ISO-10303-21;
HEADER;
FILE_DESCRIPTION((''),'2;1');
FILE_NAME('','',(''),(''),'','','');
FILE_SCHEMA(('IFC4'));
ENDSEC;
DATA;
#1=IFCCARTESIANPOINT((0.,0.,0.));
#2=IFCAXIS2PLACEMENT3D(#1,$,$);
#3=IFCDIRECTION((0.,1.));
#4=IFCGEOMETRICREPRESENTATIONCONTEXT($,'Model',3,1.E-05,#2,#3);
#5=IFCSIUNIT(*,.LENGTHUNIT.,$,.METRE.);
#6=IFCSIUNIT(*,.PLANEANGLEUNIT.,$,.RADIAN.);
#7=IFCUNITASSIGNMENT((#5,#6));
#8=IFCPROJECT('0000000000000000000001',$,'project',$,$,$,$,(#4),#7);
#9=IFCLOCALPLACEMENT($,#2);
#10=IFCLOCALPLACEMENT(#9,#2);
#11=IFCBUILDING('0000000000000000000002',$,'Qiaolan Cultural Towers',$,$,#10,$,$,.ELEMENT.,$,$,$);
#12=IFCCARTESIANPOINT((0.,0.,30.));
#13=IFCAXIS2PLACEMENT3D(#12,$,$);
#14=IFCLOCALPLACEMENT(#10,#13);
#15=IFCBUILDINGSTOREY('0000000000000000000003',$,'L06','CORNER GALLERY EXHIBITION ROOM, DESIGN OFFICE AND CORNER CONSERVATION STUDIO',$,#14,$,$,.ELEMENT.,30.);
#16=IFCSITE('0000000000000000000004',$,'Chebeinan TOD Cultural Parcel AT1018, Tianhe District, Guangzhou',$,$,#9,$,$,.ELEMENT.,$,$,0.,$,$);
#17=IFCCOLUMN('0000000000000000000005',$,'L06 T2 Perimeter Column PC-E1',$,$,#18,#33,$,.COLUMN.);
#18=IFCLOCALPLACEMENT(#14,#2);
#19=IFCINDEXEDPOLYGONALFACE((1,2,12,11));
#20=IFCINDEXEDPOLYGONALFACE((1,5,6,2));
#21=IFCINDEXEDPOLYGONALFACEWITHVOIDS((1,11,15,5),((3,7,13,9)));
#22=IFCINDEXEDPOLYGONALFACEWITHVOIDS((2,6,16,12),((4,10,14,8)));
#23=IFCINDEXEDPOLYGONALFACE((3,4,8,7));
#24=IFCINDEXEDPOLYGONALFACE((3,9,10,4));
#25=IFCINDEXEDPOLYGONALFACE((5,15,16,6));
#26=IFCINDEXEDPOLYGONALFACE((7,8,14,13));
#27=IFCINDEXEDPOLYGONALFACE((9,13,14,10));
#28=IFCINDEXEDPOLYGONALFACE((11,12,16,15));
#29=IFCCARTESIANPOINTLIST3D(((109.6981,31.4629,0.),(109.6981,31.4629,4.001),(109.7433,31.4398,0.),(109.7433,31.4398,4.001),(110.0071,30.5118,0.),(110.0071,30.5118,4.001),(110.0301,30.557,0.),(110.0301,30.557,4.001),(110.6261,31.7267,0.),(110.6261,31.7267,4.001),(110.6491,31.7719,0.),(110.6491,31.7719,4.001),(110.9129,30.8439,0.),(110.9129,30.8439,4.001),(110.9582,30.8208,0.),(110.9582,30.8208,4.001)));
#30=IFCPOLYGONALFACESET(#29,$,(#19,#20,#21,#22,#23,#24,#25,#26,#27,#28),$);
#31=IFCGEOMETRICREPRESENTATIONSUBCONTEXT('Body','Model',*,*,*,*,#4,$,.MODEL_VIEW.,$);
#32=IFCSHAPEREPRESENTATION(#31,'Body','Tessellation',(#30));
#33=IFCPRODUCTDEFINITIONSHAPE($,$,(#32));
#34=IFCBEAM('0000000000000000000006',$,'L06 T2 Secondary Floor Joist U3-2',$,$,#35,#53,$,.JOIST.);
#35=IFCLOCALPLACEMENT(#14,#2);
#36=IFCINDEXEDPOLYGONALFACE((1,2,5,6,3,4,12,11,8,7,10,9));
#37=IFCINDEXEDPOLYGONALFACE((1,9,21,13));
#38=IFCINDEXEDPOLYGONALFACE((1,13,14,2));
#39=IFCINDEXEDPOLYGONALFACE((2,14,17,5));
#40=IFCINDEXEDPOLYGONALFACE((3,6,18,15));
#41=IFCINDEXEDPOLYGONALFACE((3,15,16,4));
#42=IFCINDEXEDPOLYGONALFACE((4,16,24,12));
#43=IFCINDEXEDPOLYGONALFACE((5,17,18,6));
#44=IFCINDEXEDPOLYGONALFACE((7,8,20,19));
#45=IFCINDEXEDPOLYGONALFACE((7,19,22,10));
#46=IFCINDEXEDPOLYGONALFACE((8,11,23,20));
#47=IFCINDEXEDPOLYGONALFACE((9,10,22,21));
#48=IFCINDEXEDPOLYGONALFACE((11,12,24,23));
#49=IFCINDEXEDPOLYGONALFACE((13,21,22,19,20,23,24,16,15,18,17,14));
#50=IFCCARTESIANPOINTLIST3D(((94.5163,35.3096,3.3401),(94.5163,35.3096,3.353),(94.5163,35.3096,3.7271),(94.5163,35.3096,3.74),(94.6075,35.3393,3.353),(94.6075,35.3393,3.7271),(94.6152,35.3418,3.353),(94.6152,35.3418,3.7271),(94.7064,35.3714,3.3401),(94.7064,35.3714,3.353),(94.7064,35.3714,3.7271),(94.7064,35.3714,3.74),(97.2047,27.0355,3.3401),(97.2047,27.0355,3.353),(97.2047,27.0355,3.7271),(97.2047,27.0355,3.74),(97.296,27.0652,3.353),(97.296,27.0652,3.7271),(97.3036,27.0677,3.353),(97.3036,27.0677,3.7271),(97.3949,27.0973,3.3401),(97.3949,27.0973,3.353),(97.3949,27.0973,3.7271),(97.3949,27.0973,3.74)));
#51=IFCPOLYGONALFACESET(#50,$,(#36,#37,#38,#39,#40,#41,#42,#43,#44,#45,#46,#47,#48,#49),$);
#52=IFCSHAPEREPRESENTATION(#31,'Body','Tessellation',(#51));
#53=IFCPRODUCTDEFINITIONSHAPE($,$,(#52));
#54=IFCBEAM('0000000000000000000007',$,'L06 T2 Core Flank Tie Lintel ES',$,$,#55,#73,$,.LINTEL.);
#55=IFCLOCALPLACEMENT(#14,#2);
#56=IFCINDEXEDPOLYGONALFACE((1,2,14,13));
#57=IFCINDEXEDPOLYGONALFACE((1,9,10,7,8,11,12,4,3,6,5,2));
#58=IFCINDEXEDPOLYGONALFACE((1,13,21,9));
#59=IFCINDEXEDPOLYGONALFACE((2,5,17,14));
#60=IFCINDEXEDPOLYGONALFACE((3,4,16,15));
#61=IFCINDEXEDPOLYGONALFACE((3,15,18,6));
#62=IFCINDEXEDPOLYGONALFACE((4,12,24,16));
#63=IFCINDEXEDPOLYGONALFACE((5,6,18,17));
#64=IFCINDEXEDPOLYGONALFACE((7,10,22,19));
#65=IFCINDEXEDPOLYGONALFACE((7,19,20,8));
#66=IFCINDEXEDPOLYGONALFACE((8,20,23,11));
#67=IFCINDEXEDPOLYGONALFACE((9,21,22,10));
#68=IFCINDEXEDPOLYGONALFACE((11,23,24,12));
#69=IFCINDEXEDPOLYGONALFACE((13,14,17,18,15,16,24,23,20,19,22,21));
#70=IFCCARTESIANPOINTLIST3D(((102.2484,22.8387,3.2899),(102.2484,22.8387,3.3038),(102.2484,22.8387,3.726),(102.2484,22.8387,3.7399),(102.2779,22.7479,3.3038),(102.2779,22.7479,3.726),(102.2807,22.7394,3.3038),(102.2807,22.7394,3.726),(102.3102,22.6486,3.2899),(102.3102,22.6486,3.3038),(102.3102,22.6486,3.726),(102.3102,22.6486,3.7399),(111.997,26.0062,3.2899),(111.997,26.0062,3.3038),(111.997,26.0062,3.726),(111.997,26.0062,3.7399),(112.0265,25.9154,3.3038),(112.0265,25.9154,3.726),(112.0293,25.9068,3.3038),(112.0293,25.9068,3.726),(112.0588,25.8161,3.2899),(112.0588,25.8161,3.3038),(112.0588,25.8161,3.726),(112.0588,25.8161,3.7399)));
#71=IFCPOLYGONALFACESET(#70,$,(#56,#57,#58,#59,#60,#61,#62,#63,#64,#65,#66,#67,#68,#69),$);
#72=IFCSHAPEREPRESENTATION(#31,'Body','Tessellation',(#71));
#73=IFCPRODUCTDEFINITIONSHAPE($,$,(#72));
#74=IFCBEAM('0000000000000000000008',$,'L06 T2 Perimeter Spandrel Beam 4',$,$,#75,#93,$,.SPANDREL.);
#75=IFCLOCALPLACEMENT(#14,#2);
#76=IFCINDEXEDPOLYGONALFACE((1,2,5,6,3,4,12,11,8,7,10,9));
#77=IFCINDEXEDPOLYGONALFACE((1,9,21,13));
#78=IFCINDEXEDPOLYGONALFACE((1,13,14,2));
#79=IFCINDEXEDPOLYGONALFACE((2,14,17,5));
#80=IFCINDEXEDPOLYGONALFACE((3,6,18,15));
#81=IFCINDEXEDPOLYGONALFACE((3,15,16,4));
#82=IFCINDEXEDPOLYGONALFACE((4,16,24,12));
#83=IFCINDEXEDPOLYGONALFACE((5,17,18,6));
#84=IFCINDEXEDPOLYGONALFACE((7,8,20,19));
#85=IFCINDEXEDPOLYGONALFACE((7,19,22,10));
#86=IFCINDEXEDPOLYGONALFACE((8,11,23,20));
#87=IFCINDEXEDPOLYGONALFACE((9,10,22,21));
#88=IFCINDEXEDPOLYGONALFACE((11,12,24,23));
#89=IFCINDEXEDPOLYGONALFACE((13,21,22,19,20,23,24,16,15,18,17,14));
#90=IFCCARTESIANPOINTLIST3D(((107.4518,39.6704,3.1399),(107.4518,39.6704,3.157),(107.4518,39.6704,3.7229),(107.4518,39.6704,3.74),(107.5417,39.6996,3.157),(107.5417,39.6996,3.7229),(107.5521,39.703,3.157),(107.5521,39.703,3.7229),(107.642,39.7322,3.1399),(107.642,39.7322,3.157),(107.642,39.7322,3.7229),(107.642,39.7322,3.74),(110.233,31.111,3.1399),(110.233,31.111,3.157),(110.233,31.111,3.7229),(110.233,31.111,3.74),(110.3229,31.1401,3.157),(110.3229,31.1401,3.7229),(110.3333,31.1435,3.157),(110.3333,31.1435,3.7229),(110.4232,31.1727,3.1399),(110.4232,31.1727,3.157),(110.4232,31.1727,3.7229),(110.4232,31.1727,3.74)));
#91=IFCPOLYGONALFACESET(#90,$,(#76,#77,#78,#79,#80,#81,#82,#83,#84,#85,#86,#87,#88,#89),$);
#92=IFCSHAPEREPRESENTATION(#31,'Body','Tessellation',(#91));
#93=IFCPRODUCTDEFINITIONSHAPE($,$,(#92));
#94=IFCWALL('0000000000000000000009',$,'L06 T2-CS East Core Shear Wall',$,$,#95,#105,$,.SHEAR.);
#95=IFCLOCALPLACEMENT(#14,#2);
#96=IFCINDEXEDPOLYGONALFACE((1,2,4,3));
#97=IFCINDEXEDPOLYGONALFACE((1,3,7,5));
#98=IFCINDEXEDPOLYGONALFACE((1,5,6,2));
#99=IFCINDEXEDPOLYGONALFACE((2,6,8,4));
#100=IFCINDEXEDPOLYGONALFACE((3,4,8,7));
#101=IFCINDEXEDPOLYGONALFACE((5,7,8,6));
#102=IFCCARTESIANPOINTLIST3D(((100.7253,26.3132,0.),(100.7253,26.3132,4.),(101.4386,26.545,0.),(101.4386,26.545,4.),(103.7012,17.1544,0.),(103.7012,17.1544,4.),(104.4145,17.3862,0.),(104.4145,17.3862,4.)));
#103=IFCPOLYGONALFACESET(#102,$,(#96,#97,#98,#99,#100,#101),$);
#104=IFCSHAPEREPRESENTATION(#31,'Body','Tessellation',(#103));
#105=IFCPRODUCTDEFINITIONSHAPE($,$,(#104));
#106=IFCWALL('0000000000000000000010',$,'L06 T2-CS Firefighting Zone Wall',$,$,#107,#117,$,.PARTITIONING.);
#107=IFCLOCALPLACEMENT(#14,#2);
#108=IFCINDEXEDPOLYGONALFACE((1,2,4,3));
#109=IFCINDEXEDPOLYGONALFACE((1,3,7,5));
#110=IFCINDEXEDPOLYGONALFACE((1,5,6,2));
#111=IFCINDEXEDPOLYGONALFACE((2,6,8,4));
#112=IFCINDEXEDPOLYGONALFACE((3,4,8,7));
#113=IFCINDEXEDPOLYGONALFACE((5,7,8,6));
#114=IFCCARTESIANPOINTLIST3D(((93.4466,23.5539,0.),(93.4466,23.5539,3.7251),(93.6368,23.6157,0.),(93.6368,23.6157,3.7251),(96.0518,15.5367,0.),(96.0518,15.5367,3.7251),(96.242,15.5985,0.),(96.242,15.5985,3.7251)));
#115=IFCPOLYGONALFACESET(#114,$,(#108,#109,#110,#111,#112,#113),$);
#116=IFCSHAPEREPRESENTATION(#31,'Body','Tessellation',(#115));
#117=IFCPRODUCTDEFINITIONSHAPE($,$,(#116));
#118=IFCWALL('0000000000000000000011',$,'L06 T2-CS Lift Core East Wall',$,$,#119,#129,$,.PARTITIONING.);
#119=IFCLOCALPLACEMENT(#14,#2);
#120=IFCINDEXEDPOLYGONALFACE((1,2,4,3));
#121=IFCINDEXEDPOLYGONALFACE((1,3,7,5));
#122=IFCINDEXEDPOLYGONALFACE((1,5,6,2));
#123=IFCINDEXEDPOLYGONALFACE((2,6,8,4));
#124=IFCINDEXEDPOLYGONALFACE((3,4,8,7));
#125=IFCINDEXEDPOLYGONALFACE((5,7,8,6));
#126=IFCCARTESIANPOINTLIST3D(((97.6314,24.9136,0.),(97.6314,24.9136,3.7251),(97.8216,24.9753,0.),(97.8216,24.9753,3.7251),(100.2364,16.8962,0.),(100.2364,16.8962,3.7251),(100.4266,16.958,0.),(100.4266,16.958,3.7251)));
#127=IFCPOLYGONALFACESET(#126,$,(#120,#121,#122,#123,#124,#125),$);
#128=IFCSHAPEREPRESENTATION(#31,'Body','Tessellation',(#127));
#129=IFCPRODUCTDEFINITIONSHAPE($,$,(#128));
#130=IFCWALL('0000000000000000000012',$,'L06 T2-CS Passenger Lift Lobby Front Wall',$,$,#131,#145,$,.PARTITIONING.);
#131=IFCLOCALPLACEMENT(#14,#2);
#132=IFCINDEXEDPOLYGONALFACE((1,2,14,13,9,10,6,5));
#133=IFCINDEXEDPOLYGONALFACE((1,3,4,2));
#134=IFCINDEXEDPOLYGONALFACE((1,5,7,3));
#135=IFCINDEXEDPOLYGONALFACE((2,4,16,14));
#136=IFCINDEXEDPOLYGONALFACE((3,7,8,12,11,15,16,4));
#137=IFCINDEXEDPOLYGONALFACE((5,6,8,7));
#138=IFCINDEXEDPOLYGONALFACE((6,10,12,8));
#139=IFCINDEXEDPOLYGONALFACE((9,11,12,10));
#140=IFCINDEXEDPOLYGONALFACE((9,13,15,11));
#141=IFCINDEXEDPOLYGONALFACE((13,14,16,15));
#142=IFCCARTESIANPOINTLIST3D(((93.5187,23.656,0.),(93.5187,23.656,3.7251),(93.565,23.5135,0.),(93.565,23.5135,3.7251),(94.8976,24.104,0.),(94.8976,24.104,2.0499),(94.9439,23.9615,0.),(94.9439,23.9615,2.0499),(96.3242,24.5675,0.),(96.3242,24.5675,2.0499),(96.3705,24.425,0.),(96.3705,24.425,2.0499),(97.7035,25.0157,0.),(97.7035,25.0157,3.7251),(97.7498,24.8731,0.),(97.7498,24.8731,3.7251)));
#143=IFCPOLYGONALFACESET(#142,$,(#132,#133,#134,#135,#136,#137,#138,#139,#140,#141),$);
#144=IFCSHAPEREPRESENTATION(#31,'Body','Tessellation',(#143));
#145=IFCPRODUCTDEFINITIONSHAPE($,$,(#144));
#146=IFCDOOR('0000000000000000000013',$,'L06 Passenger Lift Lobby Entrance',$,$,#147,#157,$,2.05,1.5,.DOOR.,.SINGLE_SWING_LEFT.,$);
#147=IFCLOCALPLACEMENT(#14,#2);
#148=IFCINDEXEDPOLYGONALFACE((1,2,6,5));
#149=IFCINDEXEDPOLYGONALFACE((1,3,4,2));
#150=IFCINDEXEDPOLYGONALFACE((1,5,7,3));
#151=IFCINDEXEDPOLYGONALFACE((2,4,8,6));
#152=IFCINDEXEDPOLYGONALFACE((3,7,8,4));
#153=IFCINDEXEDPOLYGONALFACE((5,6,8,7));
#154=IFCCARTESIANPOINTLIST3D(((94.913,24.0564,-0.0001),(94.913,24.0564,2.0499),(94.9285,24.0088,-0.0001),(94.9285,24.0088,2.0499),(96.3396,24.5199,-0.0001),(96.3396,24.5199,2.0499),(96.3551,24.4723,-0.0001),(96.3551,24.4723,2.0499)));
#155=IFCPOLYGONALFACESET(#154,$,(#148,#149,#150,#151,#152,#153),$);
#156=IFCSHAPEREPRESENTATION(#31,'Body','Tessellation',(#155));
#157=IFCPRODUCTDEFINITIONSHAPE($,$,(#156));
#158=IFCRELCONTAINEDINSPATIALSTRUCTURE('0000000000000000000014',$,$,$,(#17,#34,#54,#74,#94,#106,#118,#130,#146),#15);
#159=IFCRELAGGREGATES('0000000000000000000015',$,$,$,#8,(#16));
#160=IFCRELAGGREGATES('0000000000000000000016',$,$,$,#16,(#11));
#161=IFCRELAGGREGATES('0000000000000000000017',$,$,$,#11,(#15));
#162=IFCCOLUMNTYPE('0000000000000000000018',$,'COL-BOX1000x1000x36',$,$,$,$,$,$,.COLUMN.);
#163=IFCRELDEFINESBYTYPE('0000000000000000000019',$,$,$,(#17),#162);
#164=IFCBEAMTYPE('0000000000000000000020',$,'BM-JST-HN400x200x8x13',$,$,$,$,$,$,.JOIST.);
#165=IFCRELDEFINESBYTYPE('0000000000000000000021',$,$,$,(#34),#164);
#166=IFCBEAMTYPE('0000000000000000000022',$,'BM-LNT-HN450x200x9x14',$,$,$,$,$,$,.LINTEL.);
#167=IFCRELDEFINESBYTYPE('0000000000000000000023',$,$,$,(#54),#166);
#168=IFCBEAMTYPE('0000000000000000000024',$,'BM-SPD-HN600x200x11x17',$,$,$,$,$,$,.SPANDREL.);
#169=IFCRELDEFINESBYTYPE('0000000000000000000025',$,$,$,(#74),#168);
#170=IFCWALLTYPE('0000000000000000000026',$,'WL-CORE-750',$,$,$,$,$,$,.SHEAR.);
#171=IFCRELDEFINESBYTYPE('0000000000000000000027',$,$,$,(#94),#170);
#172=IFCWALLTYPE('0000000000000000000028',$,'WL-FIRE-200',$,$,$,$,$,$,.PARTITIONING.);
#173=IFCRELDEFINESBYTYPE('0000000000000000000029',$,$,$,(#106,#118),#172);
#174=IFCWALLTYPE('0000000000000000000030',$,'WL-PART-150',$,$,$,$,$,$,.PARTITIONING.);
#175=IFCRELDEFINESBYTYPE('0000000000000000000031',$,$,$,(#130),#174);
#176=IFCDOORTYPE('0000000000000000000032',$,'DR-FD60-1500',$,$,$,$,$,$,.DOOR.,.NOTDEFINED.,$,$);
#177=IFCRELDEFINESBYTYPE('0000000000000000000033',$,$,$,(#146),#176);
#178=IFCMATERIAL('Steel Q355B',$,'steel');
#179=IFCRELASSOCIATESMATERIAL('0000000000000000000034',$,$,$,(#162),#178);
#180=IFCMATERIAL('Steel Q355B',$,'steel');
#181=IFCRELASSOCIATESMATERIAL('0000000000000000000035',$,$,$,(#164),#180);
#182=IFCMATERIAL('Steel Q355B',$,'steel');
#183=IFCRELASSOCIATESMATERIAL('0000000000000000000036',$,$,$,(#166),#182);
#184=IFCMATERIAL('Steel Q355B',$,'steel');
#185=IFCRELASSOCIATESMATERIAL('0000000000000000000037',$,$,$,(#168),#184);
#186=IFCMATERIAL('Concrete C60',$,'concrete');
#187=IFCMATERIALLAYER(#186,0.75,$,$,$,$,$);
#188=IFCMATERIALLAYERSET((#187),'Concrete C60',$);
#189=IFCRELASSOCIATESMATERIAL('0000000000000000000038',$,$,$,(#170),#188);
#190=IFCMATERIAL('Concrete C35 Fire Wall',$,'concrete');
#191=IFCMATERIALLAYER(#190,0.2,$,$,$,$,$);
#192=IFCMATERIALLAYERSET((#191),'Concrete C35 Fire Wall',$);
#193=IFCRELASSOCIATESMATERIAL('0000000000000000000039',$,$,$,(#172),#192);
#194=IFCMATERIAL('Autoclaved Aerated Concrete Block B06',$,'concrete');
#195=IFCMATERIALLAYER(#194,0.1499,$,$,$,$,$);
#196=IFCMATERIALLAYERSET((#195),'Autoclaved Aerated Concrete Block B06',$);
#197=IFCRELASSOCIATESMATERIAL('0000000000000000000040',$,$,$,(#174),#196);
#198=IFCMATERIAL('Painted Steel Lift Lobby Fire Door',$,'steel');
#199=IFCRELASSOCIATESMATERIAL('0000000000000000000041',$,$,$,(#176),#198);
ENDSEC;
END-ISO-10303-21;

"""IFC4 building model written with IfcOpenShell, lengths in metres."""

from ifc_helpers import new_model, si_unit, direction, frame, frame_2d, origin, origin_2d, place, context, subcontext, project, spatial, rectangle, hollow_rectangle, i_section, extrude, material, layer, layer_set, material_profile, profile_set, type_object, element, fill, save


model = new_model("IFC4")

# Units and contexts
model_context = context("Model", 3, precision=1e-05, world=origin(), true_north=direction((0.0, 1.0)))
body_context = subcontext(model_context, "Body", "Model", "MODEL_VIEW")
ifc_project = project(units=[si_unit("LENGTHUNIT", "METRE"), si_unit("PLANEANGLEUNIT", "RADIAN")], contexts=[model_context])

# Site, building, storey
site_placement = place(None, origin())
site = spatial("IfcSite", under=ifc_project, at=site_placement, Name="Chebeinan TOD Cultural Parcel AT1018, Tianhe District, Guangzhou", CompositionType="ELEMENT", RefElevation=0.0)
building_placement = place(site_placement, origin())
building = spatial("IfcBuilding", under=site, at=building_placement, Name="Qiaolan Cultural Towers", CompositionType="ELEMENT")
storey_placement = place(building_placement, frame((0.0, 0.0, 30.0)))
storey = spatial("IfcBuildingStorey", under=building, at=storey_placement, Name="L06", Description="CORNER GALLERY EXHIBITION ROOM, DESIGN OFFICE AND CORNER CONSERVATION STUDIO", CompositionType="ELEMENT", Elevation=30.0)

# Column
ifc_material_1 = material(Name="Steel Q355B", Category="steel")
ifc_material_profile_1 = material_profile(ifc_material_1, hollow_rectangle(XDim=1.0, YDim=1.0, WallThickness=0.0359, at=origin_2d()), Name="BOX1000x1000x36")
ifc_profile_set_1 = profile_set([ifc_material_profile_1], Name="Steel Q355B")
column_type = type_object("IfcColumnType", Name="COL-BOX1000x1000x36", PredefinedType="COLUMN", material=ifc_profile_set_1)
column_placement = place(storey_placement, frame((110.3281, 31.1418, 0.0), z_axis=(0.0, 0.0, 1.0), x_axis=(0.951057, 0.309017, 0.0)))
element("IfcColumn", 1, at=column_placement, inside=storey, type_object=column_type, Name="L06 T2 Perimeter Column PC-E1", PredefinedType="COLUMN", context=body_context, shape_type="SweptSolid", body=[
    extrude(hollow_rectangle(XDim=1.0, YDim=1.0, WallThickness=0.0359, at=origin_2d()), origin(), (0.0, 0.0, 1.0), 4.001),
])

# Beams
ifc_material_2 = material(Name="Steel Q355B", Category="steel")
ifc_material_profile_2 = material_profile(ifc_material_2, i_section(OverallWidth=0.2, OverallDepth=0.3999, WebThickness=0.0081, FlangeThickness=0.0129, at=origin_2d()), Name="HN400x200x8x13")
ifc_profile_set_2 = profile_set([ifc_material_profile_2], Name="Steel Q355B")
beam_type_1 = type_object("IfcBeamType", Name="BM-JST-HN400x200x8x13", PredefinedType="JOIST", material=ifc_profile_set_2)
beam_1_placement = place(storey_placement, frame((97.2998, 27.0664, 3.54), z_axis=(-0.309021, 0.951055, 0.0), x_axis=(-0.951055, -0.309021, 0.0)))
element("IfcBeam", 2, at=beam_1_placement, inside=storey, type_object=beam_type_1, Name="L06 T2 Secondary Floor Joist U3-2", PredefinedType="JOIST", context=body_context, shape_type="SweptSolid", body=[
    extrude(i_section(OverallWidth=0.2, OverallDepth=0.3999, WebThickness=0.0081, FlangeThickness=0.0129, at=origin_2d()), origin(), (0.0, 0.0, 1.0), 8.7),
])
ifc_material_3 = material(Name="Steel Q355B", Category="steel")
ifc_material_profile_3 = material_profile(ifc_material_3, i_section(OverallWidth=0.2, OverallDepth=0.45, WebThickness=0.009, FlangeThickness=0.0139, at=origin_2d()), Name="HN450x200x9x14")
ifc_profile_set_3 = profile_set([ifc_material_profile_3], Name="Steel Q355B")
beam_type_2 = type_object("IfcBeamType", Name="BM-LNT-HN450x200x9x14", PredefinedType="LINTEL", material=ifc_profile_set_3)
beam_2_placement = place(storey_placement, frame((102.2793, 22.7437, 3.5149), z_axis=(0.951057, 0.309016, 0.0), x_axis=(-0.309016, 0.951057, 0.0)))
element("IfcBeam", 3, at=beam_2_placement, inside=storey, type_object=beam_type_2, Name="L06 T2 Core Flank Tie Lintel ES", PredefinedType="LINTEL", context=body_context, shape_type="SweptSolid", body=[
    extrude(i_section(OverallWidth=0.2, OverallDepth=0.45, WebThickness=0.009, FlangeThickness=0.0139, at=origin_2d()), origin(), (0.0, 0.0, 1.0), 10.2502),
])
ifc_material_4 = material(Name="Steel Q355B", Category="steel")
ifc_material_profile_4 = material_profile(ifc_material_4, i_section(OverallWidth=0.2, OverallDepth=0.6001, WebThickness=0.011, FlangeThickness=0.0171, at=origin_2d()), Name="HN600x200x11x17")
ifc_profile_set_4 = profile_set([ifc_material_profile_4], Name="Steel Q355B")
beam_type_3 = type_object("IfcBeamType", Name="BM-SPD-HN600x200x11x17", PredefinedType="SPANDREL", material=ifc_profile_set_4)
beam_3_placement = place(storey_placement, frame((110.3281, 31.1418, 3.4399), z_axis=(-0.309025, 0.951054, 0.0), x_axis=(-0.951054, -0.309025, 0.0)))
element("IfcBeam", 4, at=beam_3_placement, inside=storey, type_object=beam_type_3, Name="L06 T2 Perimeter Spandrel Beam 4", PredefinedType="SPANDREL", context=body_context, shape_type="SweptSolid", body=[
    extrude(i_section(OverallWidth=0.2, OverallDepth=0.6001, WebThickness=0.011, FlangeThickness=0.0171, at=origin_2d()), origin(), (0.0, 0.0, 1.0), 9.0),
])

# Walls
ifc_material_5 = material(Name="Concrete C60", Category="concrete")
ifc_layer_1 = layer(ifc_material_5, 0.75)
ifc_layer_set_1 = layer_set([ifc_layer_1], Name="Concrete C60")
wall_type_1 = type_object("IfcWallType", Name="WL-CORE-750", PredefinedType="SHEAR", material=ifc_layer_set_1)
wall_1_placement = place(storey_placement, frame((101.082, 26.429, 0.0), z_axis=(0.0, 0.0, 1.0), x_axis=(0.309016, -0.951057, 0.0)))
element("IfcWall", 5, at=wall_1_placement, inside=storey, type_object=wall_type_1, Name="L06 T2-CS East Core Shear Wall", PredefinedType="SHEAR", context=body_context, shape_type="SweptSolid", body=[
    extrude(rectangle(XDim=9.6301, YDim=0.75, at=frame_2d((4.8149, 0.0))), origin(), (0.0, 0.0, 1.0), 4.0),
])
ifc_material_6 = material(Name="Concrete C35 Fire Wall", Category="concrete")
ifc_layer_2 = layer(ifc_material_6, 0.2)
ifc_layer_set_2 = layer_set([ifc_layer_2], Name="Concrete C35 Fire Wall")
wall_type_2 = type_object("IfcWallType", Name="WL-FIRE-200", PredefinedType="PARTITIONING", material=ifc_layer_set_2)
for number, where, z_axis, x_axis, name in (
    (6, (93.5417, 23.5847, 0.0), (0.0, 0.0, 1.0), (0.309042, -0.951048, 0.0), "L06 T2-CS Firefighting Zone Wall"),
    (7, (97.7266, 24.9443, 0.0), (0.0, 0.0, 1.0), (0.309016, -0.951057, 0.0), "L06 T2-CS Lift Core East Wall"),
):
    element("IfcWall", number, at=place(storey_placement, frame(where, z_axis=z_axis, x_axis=x_axis)), inside=storey, type_object=wall_type_2, Name=name, PredefinedType="PARTITIONING", context=body_context, shape_type="SweptSolid", body=[
        extrude(rectangle(XDim=8.4299, YDim=0.2, at=frame_2d((4.2148, 0.0))), origin(), (0.0, 0.0, 1.0), 3.7251),
    ])

# Wall, opening, door
ifc_material_7 = material(Name="Autoclaved Aerated Concrete Block B06", Category="concrete")
ifc_layer_3 = layer(ifc_material_7, 0.1499)
ifc_layer_set_3 = layer_set([ifc_layer_3], Name="Autoclaved Aerated Concrete Block B06")
wall_type_3 = type_object("IfcWallType", Name="WL-PART-150", PredefinedType="PARTITIONING", material=ifc_layer_set_3)
wall_2_placement = place(storey_placement, frame((93.5417, 23.5847, 0.0), z_axis=(0.0, 0.0, 1.0), x_axis=(0.951064, 0.308994, 0.0)))
wall_2 = element("IfcWall", 8, at=wall_2_placement, inside=storey, type_object=wall_type_3, Name="L06 T2-CS Passenger Lift Lobby Front Wall", PredefinedType="PARTITIONING", context=body_context, shape_type="SweptSolid", body=[
    extrude(rectangle(XDim=4.4001, YDim=0.1499, at=frame_2d((2.2002, 0.0))), origin(), (0.0, 0.0, 1.0), 3.7251),
])
opening_1_placement = place(wall_2_placement, frame((1.45, 0.0, 0.0)))
opening_1 = element("IfcOpeningElement", 9, at=opening_1_placement, cuts=wall_2, PredefinedType="OPENING", context=body_context, shape_type="SweptSolid", body=[
    extrude(rectangle(XDim=1.5, YDim=2.05, at=frame_2d((0.75, 1.0249))), frame((0.0, 0.085, 0.0), z_axis=(0.0, -1.0, 0.0), x_axis=(1.0, 0.0, 0.0)), (0.0, 0.0, 1.0), 0.1699),
])
ifc_material_8 = material(Name="Painted Steel Lift Lobby Fire Door", Category="steel")
door_type_1 = type_object("IfcDoorType", Name="DR-FD60-1500", OperationType="NOTDEFINED", PredefinedType="DOOR", material=ifc_material_8)
door_1_placement = place(opening_1_placement, origin())
door_1 = element("IfcDoor", 10, at=door_1_placement, inside=storey, type_object=door_type_1, Name="L06 Passenger Lift Lobby Entrance", OperationType="SINGLE_SWING_LEFT", OverallHeight=2.05, OverallWidth=1.5, PredefinedType="DOOR", context=body_context, shape_type="SweptSolid", body=[
    extrude(rectangle(XDim=1.5, YDim=2.05, at=frame_2d((0.75, 1.0249))), frame((0.0, 0.0249, 0.0), z_axis=(0.0, -1.0, 0.0), x_axis=(1.0, 0.0, 0.0)), (0.0, 0.0, 1.0), 0.05),
])
fill(opening_1, door_1)

save(model, "model.ifc")
